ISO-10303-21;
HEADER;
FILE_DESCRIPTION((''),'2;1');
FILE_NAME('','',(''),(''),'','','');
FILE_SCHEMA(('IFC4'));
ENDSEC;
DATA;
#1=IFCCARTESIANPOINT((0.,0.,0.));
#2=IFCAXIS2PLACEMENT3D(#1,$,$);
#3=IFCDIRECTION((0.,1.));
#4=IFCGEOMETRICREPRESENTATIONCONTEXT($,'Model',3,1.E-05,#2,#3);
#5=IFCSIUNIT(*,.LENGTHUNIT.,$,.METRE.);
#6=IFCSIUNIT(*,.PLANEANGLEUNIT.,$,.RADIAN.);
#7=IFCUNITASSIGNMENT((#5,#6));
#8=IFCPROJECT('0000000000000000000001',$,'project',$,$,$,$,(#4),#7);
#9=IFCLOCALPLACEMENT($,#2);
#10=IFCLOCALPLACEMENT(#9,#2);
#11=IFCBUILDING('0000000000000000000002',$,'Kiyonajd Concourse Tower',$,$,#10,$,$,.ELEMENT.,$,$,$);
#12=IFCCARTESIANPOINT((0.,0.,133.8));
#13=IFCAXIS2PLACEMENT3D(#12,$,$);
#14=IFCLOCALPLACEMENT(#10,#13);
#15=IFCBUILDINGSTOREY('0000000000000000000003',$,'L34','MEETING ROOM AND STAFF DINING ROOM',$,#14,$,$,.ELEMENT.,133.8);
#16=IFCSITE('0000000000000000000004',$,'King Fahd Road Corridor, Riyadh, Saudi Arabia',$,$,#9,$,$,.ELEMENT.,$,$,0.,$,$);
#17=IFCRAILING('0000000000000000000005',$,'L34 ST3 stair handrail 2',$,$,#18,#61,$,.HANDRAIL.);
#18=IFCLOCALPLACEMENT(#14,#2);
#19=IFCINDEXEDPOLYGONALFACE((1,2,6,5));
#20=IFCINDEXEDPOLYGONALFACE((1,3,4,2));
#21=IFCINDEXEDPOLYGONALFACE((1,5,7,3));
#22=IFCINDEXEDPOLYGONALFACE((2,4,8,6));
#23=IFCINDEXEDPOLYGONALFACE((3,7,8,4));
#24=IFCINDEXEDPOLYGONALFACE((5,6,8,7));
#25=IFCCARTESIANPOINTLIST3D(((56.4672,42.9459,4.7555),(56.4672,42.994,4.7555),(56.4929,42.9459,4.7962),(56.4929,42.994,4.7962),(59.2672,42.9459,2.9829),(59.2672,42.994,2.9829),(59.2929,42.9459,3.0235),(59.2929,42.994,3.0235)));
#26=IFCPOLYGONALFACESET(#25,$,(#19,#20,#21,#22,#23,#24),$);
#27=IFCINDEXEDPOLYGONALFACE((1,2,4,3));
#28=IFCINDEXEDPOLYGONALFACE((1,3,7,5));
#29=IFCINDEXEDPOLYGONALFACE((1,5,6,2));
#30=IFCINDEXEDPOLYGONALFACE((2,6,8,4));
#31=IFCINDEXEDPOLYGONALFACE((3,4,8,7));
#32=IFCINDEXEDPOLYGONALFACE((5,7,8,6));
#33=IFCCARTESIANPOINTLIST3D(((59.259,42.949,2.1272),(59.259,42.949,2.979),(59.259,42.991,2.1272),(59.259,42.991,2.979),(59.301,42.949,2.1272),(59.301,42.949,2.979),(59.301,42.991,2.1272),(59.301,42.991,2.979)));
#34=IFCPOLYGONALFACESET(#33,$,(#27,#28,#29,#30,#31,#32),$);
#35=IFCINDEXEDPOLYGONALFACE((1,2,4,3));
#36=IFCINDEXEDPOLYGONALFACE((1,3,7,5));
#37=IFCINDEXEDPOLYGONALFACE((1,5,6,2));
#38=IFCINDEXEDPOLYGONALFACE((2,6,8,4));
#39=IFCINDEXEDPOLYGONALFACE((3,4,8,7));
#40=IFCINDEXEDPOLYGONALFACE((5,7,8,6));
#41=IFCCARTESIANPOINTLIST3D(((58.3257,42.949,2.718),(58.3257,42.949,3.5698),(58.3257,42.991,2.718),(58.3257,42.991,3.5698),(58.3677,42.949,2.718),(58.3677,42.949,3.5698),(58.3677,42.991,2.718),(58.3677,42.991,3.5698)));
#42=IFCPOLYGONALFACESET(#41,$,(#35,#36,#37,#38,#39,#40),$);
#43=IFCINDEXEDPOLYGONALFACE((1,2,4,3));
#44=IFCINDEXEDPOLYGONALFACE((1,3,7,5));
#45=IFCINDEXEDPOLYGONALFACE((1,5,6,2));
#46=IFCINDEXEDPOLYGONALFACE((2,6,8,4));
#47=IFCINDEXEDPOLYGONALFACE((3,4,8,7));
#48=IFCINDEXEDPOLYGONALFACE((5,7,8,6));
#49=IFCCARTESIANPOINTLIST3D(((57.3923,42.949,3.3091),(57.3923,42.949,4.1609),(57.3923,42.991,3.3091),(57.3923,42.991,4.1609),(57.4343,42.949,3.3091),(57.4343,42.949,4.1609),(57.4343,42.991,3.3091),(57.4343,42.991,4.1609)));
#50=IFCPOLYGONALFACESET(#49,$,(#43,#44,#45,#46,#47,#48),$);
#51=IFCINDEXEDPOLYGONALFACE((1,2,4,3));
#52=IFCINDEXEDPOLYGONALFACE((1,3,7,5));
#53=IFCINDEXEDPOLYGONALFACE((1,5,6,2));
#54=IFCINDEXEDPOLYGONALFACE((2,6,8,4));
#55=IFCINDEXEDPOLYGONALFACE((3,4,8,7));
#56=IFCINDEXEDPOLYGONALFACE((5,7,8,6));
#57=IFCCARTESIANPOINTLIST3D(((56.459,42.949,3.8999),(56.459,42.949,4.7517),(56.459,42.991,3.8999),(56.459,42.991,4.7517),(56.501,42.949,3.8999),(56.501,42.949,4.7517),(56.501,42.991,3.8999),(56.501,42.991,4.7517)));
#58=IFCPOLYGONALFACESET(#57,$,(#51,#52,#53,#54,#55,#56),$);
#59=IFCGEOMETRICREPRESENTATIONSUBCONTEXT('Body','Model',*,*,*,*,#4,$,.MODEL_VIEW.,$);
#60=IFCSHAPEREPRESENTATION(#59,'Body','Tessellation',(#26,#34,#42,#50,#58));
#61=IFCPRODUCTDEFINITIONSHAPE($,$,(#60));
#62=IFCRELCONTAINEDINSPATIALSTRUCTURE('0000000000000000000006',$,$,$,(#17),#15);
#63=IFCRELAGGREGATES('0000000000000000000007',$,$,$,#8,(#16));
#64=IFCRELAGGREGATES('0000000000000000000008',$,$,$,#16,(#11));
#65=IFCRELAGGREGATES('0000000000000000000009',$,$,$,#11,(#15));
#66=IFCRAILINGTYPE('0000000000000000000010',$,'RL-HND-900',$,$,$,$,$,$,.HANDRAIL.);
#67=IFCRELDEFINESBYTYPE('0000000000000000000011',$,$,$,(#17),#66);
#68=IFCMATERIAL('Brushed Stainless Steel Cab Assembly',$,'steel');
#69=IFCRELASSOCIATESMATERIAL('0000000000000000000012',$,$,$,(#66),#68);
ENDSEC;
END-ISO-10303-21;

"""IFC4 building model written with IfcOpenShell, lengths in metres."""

from ifc_helpers import new_model, si_unit, direction, frame, origin, origin_2d, place, context, subcontext, project, spatial, rectangle, extrude, material, type_object, element, save


model = new_model("IFC4")

# Units and contexts
model_context = context("Model", 3, precision=1e-05, world=origin(), true_north=direction((0.0, 1.0)))
body_context = subcontext(model_context, "Body", "Model", "MODEL_VIEW")
ifc_project = project(units=[si_unit("LENGTHUNIT", "METRE"), si_unit("PLANEANGLEUNIT", "RADIAN")], contexts=[model_context])

# Site, building, storey
site_placement = place(None, origin())
site = spatial("IfcSite", under=ifc_project, at=site_placement, Name="King Fahd Road Corridor, Riyadh, Saudi Arabia", CompositionType="ELEMENT", RefElevation=0.0)
building_placement = place(site_placement, origin())
building = spatial("IfcBuilding", under=site, at=building_placement, Name="Kiyonajd Concourse Tower", CompositionType="ELEMENT")
storey_placement = place(building_placement, frame((0.0, 0.0, 133.8)))
storey = spatial("IfcBuildingStorey", under=building, at=storey_placement, Name="L34", Description="MEETING ROOM AND STAFF DINING ROOM", CompositionType="ELEMENT", Elevation=133.8)

# Railing
ifc_material_1 = material(Name="Brushed Stainless Steel Cab Assembly", Category="steel")
railing_type = type_object("IfcRailingType", Name="RL-HND-900", PredefinedType="HANDRAIL", material=ifc_material_1)
railing_placement = place(storey_placement, frame((59.28, 42.97, 2.1272)))
element("IfcRailing", 1, at=railing_placement, inside=storey, type_object=railing_type, Name="L34 ST3 stair handrail 2", PredefinedType="HANDRAIL", context=body_context, shape_type="SweptSolid", body=[
    extrude(rectangle(XDim=0.0481, YDim=0.0481, at=origin_2d()), frame((0.0, 0.0, 0.876), z_axis=(-0.844909, 0.0, 0.53491), x_axis=(0.0, -1.0, 0.0)), (0.0, 0.0, 1.0), 3.314),
    extrude(rectangle(XDim=0.042, YDim=0.042, at=origin_2d()), origin(), (0.0, 0.0, 1.0), 0.8518),
    extrude(rectangle(XDim=0.042, YDim=0.042, at=origin_2d()), frame((-0.9333, 0.0, 0.5908)), (0.0, 0.0, 1.0), 0.8518),
    extrude(rectangle(XDim=0.042, YDim=0.042, at=origin_2d()), frame((-1.8667, 0.0, 1.1819)), (0.0, 0.0, 1.0), 0.8518),
    extrude(rectangle(XDim=0.042, YDim=0.042, at=origin_2d()), frame((-2.8, 0.0, 1.7727)), (0.0, 0.0, 1.0), 0.8518),
])

save(model, "model.ifc")
